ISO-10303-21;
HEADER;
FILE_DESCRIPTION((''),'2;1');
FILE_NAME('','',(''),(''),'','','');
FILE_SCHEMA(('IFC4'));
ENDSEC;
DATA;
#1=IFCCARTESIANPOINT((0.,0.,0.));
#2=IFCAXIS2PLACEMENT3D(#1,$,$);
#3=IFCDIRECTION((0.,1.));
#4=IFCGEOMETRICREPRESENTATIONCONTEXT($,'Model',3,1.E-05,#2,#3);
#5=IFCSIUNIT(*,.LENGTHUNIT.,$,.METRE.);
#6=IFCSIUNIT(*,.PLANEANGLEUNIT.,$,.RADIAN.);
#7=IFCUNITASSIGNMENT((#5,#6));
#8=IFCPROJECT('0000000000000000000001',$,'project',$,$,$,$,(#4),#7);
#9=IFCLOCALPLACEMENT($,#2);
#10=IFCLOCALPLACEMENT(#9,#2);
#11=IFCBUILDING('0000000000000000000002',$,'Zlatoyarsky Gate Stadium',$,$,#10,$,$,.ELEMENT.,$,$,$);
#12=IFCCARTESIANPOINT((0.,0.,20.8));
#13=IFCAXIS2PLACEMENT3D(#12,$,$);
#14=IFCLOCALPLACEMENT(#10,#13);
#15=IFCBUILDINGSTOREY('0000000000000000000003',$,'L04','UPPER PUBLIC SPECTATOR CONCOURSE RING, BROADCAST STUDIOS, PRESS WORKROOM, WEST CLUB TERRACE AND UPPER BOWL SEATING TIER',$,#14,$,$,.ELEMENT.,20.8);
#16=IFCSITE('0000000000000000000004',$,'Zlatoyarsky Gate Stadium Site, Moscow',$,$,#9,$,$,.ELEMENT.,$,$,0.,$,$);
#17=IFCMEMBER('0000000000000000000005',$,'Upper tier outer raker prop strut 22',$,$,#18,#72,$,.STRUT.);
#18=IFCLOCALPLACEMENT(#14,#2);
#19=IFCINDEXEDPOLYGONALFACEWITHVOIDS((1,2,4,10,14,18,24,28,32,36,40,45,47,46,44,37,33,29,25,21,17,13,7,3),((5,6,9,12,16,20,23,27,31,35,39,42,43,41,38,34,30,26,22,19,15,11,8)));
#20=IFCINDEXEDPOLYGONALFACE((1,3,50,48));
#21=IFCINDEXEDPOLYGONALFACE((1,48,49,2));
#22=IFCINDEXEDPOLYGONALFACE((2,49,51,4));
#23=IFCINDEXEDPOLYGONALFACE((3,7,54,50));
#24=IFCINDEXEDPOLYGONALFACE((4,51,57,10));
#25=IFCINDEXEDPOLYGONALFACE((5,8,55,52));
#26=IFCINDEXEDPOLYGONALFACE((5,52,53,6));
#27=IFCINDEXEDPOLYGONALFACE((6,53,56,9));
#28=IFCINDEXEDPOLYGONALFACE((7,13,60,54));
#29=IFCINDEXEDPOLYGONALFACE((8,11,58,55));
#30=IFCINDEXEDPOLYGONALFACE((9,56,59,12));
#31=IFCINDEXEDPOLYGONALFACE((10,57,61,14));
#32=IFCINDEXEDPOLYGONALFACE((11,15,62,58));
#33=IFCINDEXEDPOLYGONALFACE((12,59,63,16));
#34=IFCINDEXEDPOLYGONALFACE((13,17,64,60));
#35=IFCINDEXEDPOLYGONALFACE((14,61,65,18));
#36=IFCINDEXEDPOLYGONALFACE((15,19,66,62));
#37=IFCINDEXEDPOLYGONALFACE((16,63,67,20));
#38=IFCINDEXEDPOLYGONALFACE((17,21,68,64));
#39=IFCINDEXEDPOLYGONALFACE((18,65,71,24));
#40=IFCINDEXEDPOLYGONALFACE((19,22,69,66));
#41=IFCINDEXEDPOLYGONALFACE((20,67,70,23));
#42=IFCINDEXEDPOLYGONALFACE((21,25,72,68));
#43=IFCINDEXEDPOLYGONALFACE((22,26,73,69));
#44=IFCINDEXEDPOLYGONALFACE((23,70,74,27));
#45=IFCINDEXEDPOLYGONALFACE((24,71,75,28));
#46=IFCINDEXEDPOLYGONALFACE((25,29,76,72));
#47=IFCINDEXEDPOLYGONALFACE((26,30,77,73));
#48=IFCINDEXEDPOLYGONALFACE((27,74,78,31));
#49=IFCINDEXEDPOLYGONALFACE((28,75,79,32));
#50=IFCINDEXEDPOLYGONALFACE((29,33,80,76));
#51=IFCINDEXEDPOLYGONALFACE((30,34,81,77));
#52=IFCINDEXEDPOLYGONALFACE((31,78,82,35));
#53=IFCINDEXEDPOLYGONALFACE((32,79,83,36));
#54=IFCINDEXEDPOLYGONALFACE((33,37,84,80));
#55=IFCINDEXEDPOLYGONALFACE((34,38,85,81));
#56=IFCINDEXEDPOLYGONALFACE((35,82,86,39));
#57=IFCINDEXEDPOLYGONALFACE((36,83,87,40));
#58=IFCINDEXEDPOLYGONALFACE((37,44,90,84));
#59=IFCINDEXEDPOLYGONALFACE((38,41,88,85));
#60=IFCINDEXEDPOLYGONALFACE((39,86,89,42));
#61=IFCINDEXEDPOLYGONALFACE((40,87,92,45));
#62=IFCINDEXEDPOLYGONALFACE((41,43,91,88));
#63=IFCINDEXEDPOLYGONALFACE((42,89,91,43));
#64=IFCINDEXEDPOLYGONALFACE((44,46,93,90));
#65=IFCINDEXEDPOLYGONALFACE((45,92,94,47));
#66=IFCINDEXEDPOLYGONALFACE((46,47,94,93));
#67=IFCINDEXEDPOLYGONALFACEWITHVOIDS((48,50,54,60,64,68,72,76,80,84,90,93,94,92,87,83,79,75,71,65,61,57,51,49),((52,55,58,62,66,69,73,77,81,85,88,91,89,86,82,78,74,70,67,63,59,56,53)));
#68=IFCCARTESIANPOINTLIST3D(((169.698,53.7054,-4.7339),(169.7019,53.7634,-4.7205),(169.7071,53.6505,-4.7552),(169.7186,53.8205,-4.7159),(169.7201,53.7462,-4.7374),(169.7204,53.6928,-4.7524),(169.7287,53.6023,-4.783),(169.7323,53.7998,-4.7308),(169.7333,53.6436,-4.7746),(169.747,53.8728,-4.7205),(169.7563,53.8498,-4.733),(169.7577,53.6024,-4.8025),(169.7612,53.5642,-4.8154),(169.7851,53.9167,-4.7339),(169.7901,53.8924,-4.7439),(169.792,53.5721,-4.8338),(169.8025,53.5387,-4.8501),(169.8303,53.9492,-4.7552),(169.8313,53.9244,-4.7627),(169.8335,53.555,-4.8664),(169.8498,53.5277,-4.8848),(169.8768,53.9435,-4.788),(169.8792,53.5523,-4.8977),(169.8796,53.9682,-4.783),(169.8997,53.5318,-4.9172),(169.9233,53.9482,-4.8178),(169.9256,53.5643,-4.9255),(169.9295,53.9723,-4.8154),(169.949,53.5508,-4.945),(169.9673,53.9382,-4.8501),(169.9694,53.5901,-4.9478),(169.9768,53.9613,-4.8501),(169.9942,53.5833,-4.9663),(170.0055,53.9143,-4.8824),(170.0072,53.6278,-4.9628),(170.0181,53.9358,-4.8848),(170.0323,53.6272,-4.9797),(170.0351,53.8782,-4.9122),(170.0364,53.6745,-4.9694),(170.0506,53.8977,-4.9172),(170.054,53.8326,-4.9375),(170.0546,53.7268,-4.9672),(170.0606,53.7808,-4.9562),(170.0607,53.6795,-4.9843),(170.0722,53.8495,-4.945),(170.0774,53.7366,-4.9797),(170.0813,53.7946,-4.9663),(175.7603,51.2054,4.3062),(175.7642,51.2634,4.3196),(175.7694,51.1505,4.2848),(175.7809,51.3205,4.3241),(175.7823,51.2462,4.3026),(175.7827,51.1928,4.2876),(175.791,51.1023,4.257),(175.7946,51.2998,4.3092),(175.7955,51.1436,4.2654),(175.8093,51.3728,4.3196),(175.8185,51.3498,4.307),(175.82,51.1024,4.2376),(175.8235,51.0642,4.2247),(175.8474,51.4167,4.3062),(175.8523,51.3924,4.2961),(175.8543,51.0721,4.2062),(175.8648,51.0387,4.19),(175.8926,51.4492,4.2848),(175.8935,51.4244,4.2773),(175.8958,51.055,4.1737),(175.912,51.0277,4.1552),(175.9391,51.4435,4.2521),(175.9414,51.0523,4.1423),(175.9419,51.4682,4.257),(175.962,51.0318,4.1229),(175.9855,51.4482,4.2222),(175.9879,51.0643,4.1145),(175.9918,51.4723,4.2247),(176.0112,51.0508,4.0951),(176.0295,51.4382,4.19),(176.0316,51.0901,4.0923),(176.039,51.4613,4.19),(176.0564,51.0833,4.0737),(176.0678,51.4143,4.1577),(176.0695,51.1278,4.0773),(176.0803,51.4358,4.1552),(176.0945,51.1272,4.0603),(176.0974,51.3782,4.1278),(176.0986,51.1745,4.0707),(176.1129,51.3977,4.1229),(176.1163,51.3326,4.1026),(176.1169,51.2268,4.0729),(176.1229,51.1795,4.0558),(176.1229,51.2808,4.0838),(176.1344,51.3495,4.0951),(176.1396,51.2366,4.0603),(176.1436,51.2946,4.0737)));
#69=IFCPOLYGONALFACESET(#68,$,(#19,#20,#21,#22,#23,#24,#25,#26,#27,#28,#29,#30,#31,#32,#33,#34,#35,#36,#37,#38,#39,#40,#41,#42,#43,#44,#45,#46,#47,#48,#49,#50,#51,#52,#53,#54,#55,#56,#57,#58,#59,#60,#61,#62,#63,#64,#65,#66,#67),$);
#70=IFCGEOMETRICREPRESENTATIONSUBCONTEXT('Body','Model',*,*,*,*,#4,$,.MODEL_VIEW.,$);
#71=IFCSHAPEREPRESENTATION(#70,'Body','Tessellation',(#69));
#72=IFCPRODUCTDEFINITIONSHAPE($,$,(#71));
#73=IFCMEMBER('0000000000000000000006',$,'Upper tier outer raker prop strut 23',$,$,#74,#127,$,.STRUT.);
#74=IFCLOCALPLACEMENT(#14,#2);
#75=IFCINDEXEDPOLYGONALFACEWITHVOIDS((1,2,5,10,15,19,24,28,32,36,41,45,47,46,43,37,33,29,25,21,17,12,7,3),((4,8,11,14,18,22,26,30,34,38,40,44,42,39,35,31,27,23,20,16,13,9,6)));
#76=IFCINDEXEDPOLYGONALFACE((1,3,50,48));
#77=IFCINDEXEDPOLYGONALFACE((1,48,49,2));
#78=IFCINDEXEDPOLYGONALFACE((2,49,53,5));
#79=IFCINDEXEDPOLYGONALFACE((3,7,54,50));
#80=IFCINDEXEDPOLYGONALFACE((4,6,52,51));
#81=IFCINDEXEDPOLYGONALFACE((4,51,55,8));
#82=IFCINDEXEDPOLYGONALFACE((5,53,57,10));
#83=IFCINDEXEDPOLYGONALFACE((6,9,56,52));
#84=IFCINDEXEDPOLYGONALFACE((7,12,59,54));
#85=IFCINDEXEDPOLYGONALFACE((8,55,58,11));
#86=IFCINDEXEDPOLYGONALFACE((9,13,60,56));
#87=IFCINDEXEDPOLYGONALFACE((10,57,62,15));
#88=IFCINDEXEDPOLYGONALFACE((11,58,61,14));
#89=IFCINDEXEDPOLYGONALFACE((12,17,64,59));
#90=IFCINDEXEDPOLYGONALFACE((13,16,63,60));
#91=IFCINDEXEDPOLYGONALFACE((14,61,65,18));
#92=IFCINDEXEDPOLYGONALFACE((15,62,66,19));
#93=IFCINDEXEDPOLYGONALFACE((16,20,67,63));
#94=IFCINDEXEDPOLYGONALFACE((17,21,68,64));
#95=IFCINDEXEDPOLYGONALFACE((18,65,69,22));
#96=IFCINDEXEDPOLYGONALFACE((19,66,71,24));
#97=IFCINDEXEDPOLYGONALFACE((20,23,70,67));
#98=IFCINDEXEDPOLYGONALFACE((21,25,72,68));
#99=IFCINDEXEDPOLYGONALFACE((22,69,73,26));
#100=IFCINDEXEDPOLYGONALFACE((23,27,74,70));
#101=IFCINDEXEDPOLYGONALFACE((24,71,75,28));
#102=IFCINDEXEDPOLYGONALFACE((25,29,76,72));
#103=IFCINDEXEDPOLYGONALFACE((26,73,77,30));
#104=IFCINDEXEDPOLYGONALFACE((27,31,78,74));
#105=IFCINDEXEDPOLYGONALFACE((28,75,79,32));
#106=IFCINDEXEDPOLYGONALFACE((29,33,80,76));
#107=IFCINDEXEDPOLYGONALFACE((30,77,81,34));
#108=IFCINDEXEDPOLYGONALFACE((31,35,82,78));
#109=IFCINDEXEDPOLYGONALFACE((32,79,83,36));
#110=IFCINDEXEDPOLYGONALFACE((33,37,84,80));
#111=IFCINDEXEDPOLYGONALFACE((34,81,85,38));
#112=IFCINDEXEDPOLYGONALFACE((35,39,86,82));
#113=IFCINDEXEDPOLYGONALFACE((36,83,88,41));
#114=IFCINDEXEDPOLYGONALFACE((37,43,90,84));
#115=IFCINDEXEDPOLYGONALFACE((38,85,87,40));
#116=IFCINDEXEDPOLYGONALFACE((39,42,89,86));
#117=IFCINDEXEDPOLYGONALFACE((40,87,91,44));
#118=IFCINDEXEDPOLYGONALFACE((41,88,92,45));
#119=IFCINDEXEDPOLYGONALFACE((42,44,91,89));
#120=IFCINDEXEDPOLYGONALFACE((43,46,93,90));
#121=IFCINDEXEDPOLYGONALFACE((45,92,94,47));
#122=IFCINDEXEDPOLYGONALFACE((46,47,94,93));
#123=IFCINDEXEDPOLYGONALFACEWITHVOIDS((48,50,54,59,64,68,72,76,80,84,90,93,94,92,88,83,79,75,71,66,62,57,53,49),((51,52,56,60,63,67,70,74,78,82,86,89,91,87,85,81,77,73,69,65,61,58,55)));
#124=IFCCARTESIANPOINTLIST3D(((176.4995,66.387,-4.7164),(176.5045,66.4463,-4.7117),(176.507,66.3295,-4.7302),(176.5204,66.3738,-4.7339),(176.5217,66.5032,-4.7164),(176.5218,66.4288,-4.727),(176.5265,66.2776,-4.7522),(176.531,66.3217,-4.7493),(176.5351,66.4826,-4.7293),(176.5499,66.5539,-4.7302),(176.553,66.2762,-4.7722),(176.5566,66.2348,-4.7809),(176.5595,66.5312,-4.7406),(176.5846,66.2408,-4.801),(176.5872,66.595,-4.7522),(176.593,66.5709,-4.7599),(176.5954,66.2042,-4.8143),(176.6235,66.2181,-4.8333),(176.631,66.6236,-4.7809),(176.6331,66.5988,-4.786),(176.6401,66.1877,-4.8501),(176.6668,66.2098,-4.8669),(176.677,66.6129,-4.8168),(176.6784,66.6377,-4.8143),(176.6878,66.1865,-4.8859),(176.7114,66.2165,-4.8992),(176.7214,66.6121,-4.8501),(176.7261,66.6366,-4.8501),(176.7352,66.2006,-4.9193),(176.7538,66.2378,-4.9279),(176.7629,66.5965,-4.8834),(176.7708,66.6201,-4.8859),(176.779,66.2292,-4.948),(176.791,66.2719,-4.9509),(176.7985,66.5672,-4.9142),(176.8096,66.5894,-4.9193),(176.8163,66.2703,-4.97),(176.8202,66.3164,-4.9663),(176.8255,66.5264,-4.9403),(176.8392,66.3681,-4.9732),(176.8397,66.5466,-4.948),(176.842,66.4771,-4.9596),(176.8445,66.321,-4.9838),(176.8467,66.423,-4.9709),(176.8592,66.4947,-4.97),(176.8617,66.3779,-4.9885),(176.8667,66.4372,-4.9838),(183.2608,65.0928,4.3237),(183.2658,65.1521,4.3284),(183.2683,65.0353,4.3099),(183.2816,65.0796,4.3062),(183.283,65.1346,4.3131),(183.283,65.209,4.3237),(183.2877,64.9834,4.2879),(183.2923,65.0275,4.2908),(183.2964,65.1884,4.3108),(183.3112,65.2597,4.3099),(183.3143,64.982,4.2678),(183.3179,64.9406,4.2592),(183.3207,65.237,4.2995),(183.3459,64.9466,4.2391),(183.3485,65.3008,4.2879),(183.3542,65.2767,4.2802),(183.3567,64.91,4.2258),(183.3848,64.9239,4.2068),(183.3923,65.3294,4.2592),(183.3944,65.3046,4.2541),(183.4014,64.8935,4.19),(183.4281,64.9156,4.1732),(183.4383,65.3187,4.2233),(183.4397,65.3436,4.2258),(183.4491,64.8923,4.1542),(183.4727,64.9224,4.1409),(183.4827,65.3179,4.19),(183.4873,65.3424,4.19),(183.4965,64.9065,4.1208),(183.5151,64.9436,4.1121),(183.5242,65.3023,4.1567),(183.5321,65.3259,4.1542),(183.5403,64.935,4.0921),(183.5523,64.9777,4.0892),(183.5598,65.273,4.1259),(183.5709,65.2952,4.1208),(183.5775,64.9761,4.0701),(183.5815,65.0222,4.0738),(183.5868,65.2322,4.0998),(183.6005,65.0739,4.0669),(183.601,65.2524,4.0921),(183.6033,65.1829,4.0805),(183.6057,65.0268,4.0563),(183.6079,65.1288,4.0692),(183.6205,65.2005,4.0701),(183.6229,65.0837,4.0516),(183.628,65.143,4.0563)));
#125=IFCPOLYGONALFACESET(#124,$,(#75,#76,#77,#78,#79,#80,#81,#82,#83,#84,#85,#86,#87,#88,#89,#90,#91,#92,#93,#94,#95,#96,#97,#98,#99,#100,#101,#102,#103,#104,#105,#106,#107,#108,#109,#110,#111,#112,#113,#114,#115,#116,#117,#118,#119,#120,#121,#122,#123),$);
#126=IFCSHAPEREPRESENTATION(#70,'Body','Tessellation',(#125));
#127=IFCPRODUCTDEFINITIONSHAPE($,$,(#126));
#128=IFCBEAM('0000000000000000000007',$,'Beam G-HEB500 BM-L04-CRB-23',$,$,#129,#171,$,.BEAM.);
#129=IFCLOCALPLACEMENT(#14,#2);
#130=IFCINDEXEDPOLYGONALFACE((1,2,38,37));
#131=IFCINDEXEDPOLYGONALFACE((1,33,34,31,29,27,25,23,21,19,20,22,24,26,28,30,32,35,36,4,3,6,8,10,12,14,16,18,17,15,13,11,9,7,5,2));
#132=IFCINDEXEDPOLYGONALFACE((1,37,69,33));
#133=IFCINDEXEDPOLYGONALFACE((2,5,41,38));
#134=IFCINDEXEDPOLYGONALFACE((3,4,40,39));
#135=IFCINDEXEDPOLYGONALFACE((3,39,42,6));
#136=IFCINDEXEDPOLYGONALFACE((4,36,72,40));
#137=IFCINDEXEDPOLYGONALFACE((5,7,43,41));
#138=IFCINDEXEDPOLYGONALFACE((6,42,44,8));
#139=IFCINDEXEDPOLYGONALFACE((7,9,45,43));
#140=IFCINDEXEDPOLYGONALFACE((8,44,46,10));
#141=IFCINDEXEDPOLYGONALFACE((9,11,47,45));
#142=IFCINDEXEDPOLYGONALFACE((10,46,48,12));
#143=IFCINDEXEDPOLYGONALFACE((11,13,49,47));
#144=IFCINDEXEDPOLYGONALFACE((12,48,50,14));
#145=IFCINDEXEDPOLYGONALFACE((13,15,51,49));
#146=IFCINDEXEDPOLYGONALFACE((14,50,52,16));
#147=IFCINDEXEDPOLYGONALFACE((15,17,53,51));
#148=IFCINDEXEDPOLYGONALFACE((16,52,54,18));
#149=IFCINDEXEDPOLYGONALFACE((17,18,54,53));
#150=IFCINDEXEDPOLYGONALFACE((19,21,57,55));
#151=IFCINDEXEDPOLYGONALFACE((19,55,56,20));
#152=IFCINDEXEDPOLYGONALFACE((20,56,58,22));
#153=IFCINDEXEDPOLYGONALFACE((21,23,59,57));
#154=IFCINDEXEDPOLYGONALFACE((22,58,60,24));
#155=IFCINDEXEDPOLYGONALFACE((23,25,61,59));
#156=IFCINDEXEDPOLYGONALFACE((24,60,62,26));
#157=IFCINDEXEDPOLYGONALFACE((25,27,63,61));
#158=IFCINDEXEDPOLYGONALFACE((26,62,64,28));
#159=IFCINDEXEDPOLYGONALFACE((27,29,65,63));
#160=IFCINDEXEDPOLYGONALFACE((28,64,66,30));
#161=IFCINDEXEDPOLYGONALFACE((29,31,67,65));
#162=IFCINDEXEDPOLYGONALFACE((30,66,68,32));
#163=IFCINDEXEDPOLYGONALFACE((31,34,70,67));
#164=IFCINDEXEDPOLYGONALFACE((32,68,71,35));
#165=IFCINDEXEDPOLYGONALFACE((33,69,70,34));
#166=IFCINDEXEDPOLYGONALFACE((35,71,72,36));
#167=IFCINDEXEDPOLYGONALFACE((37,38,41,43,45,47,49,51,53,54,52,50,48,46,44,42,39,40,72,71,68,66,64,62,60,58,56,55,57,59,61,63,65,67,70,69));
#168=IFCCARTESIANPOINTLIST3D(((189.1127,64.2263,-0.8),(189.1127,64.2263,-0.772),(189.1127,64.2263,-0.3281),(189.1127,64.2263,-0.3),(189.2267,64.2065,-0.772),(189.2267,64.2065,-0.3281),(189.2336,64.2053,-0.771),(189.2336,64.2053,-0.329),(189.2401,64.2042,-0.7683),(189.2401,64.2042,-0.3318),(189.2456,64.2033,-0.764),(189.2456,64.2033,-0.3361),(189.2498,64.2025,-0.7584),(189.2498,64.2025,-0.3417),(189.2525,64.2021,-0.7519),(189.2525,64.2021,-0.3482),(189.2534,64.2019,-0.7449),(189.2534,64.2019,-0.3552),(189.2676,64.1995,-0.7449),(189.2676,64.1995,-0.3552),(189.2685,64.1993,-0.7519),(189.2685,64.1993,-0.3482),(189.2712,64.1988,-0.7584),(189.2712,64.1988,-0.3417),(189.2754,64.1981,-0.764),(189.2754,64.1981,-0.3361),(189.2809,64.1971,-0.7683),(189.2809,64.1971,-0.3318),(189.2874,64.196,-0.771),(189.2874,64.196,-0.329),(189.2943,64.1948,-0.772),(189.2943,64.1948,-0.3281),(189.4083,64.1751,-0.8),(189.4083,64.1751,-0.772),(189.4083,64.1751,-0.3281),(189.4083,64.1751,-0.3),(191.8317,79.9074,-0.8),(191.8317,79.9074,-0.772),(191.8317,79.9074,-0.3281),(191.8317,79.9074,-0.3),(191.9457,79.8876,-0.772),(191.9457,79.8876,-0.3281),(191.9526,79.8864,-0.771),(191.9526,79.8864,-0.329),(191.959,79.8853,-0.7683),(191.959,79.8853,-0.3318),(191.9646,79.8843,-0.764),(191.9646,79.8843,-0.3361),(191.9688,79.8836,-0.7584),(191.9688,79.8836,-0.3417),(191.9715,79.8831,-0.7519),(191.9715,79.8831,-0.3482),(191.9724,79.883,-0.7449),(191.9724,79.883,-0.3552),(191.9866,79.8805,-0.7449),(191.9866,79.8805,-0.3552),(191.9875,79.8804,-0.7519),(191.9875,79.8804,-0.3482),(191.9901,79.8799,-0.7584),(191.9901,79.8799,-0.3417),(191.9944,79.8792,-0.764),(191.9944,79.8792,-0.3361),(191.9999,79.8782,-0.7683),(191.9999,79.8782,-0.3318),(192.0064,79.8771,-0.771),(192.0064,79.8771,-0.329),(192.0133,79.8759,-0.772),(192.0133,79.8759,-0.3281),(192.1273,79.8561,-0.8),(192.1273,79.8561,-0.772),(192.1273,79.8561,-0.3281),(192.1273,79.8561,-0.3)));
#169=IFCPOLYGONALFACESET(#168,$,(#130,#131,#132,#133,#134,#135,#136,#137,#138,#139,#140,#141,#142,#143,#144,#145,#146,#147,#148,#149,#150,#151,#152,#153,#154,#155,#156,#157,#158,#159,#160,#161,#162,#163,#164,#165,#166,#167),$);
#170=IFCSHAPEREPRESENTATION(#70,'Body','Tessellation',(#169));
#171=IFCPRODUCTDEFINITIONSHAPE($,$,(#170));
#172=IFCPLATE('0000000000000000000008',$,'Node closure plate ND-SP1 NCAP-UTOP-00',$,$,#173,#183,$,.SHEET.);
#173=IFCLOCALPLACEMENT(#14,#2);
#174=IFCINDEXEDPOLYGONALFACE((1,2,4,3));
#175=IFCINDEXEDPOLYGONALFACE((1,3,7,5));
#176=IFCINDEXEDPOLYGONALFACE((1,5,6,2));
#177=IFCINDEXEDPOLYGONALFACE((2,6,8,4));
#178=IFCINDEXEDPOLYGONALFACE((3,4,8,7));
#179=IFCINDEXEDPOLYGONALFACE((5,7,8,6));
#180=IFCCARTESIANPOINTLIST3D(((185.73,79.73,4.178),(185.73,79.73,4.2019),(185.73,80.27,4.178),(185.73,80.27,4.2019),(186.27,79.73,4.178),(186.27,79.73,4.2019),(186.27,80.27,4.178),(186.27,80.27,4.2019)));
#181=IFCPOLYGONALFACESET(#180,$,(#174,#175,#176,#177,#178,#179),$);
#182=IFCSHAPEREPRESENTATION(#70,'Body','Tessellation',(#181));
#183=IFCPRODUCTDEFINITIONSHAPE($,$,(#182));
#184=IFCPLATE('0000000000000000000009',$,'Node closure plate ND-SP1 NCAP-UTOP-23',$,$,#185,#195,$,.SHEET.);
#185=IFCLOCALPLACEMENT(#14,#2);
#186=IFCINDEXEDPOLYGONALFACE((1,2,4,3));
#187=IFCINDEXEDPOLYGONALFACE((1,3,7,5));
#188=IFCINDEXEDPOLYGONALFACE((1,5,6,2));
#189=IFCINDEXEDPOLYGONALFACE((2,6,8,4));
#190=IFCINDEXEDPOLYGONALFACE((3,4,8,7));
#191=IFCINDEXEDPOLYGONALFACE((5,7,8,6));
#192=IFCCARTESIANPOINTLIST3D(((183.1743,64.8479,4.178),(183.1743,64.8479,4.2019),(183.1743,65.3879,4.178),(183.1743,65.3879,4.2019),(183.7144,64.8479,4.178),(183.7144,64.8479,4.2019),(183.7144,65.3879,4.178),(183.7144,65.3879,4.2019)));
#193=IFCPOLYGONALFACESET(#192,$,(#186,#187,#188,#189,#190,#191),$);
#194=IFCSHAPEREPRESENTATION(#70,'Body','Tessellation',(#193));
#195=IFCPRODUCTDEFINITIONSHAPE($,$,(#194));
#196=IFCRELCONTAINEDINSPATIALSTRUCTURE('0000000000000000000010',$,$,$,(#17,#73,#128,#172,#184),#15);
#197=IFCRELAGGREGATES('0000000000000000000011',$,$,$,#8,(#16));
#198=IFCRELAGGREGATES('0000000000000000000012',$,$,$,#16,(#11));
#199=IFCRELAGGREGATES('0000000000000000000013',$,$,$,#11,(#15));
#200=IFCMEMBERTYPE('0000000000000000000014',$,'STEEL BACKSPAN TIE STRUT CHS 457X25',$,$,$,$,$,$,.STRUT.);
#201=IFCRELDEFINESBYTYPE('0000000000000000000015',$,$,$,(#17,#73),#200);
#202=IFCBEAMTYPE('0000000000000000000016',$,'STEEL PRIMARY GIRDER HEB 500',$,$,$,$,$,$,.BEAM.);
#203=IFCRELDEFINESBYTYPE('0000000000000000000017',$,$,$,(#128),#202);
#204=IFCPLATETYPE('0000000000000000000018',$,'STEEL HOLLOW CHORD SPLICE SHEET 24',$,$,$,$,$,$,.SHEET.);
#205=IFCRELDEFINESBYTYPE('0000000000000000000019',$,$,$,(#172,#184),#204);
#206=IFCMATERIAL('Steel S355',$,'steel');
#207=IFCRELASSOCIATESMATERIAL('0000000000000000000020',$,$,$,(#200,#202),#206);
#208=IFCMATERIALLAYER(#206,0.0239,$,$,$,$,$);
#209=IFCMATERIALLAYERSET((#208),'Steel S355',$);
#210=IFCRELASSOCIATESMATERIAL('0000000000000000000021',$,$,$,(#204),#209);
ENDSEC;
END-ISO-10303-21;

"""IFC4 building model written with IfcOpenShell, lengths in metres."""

from ifc_helpers import new_model, si_unit, direction, frame, origin, origin_2d, place, context, subcontext, project, spatial, rectangle, hollow_circle, i_section, extrude, material, layer, layer_set, material_profile, profile_set, type_object, element, save


model = new_model("IFC4")

# Units and contexts
model_context = context("Model", 3, precision=1e-05, world=origin(), true_north=direction((0.0, 1.0)))
body_context = subcontext(model_context, "Body", "Model", "MODEL_VIEW")
ifc_project = project(units=[si_unit("LENGTHUNIT", "METRE"), si_unit("PLANEANGLEUNIT", "RADIAN")], contexts=[model_context])

# Site, building, storey
site_placement = place(None, origin())
site = spatial("IfcSite", under=ifc_project, at=site_placement, Name="Zlatoyarsky Gate Stadium Site, Moscow", CompositionType="ELEMENT", RefElevation=0.0)
building_placement = place(site_placement, origin())
building = spatial("IfcBuilding", under=site, at=building_placement, Name="Zlatoyarsky Gate Stadium", CompositionType="ELEMENT")
storey_placement = place(building_placement, frame((0.0, 0.0, 20.8)))
storey = spatial("IfcBuildingStorey", under=building, at=storey_placement, Name="L04", Description="UPPER PUBLIC SPECTATOR CONCOURSE RING, BROADCAST STUDIOS, PRESS WORKROOM, WEST CLUB TERRACE AND UPPER BOWL SEATING TIER", CompositionType="ELEMENT", Elevation=20.8)

# Shared definitions
ifc_material_1 = material(Name="Steel S355", Category="steel")

# Members
ifc_material_profile_1 = material_profile(ifc_material_1, hollow_circle(Radius=0.2285, WallThickness=0.0249, at=origin_2d()), Name="CHS 457X25")
ifc_profile_set_1 = profile_set([ifc_material_profile_1], Name="Steel S355")
member_type = type_object("IfcMemberType", Name="STEEL BACKSPAN TIE STRUT CHS 457X25", PredefinedType="STRUT", material=ifc_profile_set_1)
member_1_placement = place(storey_placement, frame((169.8896, 53.75, -4.8501), z_axis=(0.542826, -0.223855, 0.809462), x_axis=(0.381242, 0.924475, 0.0)))
element("IfcMember", 1, at=member_1_placement, inside=storey, type_object=member_type, Name="Upper tier outer raker prop strut 22", PredefinedType="STRUT", context=body_context, shape_type="SweptSolid", body=[
    extrude(hollow_circle(Radius=0.2285, WallThickness=0.0249, at=origin_2d()), origin(), (0.0, 0.0, 1.0), 11.168),
])
member_2_placement = place(storey_placement, frame((176.6831, 66.4121, -4.8501), z_axis=(0.595036, -0.113898, 0.795587), x_axis=(0.188, 0.982169, 0.0)))
element("IfcMember", 2, at=member_2_placement, inside=storey, type_object=member_type, Name="Upper tier outer raker prop strut 23", PredefinedType="STRUT", context=body_context, shape_type="SweptSolid", body=[
    extrude(hollow_circle(Radius=0.2285, WallThickness=0.0249, at=origin_2d()), origin(), (0.0, 0.0, 1.0), 11.3628),
])

# Beam
ifc_material_profile_2 = material_profile(ifc_material_1, i_section(OverallWidth=0.3, OverallDepth=0.5, WebThickness=0.0144, FlangeThickness=0.0281, FilletRadius=0.0271, at=origin_2d()), Name="HEB 500")
ifc_profile_set_2 = profile_set([ifc_material_profile_2], Name="Steel S355")
beam_type_1 = type_object("IfcBeamType", Name="STEEL PRIMARY GIRDER HEB 500", PredefinedType="BEAM", material=ifc_profile_set_2)
beam_1_placement = place(storey_placement, frame((189.2605, 64.2007, -0.55), z_axis=(0.170843, 0.985298, 0.0), x_axis=(-0.985298, 0.170843, 0.0)))
element("IfcBeam", 3, at=beam_1_placement, inside=storey, type_object=beam_type_1, Name="Beam G-HEB500 BM-L04-CRB-23", PredefinedType="BEAM", context=body_context, shape_type="SweptSolid", body=[
    extrude(i_section(OverallWidth=0.3, OverallDepth=0.5, WebThickness=0.0144, FlangeThickness=0.0281, FilletRadius=0.0271, at=origin_2d()), origin(), (0.0, 0.0, 1.0), 15.915),
])

# Plates
ifc_layer_1 = layer(ifc_material_1, 0.0239)
ifc_layer_set_1 = layer_set([ifc_layer_1], Name="Steel S355")
plate_type = type_object("IfcPlateType", Name="STEEL HOLLOW CHORD SPLICE SHEET 24", PredefinedType="SHEET", material=ifc_layer_set_1)
for number, where, z_axis, x_axis, name in (
    (4, (186.0, 80.0, 4.178), (0.0, 0.0, 1.0), (1.0, 0.0, 0.0), "Node closure plate ND-SP1 NCAP-UTOP-00"),
    (5, (183.4443, 65.1179, 4.178), (0.0, 0.0, 1.0), (1.0, 0.0, 0.0), "Node closure plate ND-SP1 NCAP-UTOP-23"),
):
    element("IfcPlate", number, at=place(storey_placement, frame(where, z_axis=z_axis, x_axis=x_axis)), inside=storey, type_object=plate_type, Name=name, PredefinedType="SHEET", context=body_context, shape_type="SweptSolid", body=[
        extrude(rectangle(XDim=0.54, YDim=0.54, at=origin_2d()), origin(), (0.0, 0.0, 1.0), 0.0239),
    ])

save(model, "model.ifc")
